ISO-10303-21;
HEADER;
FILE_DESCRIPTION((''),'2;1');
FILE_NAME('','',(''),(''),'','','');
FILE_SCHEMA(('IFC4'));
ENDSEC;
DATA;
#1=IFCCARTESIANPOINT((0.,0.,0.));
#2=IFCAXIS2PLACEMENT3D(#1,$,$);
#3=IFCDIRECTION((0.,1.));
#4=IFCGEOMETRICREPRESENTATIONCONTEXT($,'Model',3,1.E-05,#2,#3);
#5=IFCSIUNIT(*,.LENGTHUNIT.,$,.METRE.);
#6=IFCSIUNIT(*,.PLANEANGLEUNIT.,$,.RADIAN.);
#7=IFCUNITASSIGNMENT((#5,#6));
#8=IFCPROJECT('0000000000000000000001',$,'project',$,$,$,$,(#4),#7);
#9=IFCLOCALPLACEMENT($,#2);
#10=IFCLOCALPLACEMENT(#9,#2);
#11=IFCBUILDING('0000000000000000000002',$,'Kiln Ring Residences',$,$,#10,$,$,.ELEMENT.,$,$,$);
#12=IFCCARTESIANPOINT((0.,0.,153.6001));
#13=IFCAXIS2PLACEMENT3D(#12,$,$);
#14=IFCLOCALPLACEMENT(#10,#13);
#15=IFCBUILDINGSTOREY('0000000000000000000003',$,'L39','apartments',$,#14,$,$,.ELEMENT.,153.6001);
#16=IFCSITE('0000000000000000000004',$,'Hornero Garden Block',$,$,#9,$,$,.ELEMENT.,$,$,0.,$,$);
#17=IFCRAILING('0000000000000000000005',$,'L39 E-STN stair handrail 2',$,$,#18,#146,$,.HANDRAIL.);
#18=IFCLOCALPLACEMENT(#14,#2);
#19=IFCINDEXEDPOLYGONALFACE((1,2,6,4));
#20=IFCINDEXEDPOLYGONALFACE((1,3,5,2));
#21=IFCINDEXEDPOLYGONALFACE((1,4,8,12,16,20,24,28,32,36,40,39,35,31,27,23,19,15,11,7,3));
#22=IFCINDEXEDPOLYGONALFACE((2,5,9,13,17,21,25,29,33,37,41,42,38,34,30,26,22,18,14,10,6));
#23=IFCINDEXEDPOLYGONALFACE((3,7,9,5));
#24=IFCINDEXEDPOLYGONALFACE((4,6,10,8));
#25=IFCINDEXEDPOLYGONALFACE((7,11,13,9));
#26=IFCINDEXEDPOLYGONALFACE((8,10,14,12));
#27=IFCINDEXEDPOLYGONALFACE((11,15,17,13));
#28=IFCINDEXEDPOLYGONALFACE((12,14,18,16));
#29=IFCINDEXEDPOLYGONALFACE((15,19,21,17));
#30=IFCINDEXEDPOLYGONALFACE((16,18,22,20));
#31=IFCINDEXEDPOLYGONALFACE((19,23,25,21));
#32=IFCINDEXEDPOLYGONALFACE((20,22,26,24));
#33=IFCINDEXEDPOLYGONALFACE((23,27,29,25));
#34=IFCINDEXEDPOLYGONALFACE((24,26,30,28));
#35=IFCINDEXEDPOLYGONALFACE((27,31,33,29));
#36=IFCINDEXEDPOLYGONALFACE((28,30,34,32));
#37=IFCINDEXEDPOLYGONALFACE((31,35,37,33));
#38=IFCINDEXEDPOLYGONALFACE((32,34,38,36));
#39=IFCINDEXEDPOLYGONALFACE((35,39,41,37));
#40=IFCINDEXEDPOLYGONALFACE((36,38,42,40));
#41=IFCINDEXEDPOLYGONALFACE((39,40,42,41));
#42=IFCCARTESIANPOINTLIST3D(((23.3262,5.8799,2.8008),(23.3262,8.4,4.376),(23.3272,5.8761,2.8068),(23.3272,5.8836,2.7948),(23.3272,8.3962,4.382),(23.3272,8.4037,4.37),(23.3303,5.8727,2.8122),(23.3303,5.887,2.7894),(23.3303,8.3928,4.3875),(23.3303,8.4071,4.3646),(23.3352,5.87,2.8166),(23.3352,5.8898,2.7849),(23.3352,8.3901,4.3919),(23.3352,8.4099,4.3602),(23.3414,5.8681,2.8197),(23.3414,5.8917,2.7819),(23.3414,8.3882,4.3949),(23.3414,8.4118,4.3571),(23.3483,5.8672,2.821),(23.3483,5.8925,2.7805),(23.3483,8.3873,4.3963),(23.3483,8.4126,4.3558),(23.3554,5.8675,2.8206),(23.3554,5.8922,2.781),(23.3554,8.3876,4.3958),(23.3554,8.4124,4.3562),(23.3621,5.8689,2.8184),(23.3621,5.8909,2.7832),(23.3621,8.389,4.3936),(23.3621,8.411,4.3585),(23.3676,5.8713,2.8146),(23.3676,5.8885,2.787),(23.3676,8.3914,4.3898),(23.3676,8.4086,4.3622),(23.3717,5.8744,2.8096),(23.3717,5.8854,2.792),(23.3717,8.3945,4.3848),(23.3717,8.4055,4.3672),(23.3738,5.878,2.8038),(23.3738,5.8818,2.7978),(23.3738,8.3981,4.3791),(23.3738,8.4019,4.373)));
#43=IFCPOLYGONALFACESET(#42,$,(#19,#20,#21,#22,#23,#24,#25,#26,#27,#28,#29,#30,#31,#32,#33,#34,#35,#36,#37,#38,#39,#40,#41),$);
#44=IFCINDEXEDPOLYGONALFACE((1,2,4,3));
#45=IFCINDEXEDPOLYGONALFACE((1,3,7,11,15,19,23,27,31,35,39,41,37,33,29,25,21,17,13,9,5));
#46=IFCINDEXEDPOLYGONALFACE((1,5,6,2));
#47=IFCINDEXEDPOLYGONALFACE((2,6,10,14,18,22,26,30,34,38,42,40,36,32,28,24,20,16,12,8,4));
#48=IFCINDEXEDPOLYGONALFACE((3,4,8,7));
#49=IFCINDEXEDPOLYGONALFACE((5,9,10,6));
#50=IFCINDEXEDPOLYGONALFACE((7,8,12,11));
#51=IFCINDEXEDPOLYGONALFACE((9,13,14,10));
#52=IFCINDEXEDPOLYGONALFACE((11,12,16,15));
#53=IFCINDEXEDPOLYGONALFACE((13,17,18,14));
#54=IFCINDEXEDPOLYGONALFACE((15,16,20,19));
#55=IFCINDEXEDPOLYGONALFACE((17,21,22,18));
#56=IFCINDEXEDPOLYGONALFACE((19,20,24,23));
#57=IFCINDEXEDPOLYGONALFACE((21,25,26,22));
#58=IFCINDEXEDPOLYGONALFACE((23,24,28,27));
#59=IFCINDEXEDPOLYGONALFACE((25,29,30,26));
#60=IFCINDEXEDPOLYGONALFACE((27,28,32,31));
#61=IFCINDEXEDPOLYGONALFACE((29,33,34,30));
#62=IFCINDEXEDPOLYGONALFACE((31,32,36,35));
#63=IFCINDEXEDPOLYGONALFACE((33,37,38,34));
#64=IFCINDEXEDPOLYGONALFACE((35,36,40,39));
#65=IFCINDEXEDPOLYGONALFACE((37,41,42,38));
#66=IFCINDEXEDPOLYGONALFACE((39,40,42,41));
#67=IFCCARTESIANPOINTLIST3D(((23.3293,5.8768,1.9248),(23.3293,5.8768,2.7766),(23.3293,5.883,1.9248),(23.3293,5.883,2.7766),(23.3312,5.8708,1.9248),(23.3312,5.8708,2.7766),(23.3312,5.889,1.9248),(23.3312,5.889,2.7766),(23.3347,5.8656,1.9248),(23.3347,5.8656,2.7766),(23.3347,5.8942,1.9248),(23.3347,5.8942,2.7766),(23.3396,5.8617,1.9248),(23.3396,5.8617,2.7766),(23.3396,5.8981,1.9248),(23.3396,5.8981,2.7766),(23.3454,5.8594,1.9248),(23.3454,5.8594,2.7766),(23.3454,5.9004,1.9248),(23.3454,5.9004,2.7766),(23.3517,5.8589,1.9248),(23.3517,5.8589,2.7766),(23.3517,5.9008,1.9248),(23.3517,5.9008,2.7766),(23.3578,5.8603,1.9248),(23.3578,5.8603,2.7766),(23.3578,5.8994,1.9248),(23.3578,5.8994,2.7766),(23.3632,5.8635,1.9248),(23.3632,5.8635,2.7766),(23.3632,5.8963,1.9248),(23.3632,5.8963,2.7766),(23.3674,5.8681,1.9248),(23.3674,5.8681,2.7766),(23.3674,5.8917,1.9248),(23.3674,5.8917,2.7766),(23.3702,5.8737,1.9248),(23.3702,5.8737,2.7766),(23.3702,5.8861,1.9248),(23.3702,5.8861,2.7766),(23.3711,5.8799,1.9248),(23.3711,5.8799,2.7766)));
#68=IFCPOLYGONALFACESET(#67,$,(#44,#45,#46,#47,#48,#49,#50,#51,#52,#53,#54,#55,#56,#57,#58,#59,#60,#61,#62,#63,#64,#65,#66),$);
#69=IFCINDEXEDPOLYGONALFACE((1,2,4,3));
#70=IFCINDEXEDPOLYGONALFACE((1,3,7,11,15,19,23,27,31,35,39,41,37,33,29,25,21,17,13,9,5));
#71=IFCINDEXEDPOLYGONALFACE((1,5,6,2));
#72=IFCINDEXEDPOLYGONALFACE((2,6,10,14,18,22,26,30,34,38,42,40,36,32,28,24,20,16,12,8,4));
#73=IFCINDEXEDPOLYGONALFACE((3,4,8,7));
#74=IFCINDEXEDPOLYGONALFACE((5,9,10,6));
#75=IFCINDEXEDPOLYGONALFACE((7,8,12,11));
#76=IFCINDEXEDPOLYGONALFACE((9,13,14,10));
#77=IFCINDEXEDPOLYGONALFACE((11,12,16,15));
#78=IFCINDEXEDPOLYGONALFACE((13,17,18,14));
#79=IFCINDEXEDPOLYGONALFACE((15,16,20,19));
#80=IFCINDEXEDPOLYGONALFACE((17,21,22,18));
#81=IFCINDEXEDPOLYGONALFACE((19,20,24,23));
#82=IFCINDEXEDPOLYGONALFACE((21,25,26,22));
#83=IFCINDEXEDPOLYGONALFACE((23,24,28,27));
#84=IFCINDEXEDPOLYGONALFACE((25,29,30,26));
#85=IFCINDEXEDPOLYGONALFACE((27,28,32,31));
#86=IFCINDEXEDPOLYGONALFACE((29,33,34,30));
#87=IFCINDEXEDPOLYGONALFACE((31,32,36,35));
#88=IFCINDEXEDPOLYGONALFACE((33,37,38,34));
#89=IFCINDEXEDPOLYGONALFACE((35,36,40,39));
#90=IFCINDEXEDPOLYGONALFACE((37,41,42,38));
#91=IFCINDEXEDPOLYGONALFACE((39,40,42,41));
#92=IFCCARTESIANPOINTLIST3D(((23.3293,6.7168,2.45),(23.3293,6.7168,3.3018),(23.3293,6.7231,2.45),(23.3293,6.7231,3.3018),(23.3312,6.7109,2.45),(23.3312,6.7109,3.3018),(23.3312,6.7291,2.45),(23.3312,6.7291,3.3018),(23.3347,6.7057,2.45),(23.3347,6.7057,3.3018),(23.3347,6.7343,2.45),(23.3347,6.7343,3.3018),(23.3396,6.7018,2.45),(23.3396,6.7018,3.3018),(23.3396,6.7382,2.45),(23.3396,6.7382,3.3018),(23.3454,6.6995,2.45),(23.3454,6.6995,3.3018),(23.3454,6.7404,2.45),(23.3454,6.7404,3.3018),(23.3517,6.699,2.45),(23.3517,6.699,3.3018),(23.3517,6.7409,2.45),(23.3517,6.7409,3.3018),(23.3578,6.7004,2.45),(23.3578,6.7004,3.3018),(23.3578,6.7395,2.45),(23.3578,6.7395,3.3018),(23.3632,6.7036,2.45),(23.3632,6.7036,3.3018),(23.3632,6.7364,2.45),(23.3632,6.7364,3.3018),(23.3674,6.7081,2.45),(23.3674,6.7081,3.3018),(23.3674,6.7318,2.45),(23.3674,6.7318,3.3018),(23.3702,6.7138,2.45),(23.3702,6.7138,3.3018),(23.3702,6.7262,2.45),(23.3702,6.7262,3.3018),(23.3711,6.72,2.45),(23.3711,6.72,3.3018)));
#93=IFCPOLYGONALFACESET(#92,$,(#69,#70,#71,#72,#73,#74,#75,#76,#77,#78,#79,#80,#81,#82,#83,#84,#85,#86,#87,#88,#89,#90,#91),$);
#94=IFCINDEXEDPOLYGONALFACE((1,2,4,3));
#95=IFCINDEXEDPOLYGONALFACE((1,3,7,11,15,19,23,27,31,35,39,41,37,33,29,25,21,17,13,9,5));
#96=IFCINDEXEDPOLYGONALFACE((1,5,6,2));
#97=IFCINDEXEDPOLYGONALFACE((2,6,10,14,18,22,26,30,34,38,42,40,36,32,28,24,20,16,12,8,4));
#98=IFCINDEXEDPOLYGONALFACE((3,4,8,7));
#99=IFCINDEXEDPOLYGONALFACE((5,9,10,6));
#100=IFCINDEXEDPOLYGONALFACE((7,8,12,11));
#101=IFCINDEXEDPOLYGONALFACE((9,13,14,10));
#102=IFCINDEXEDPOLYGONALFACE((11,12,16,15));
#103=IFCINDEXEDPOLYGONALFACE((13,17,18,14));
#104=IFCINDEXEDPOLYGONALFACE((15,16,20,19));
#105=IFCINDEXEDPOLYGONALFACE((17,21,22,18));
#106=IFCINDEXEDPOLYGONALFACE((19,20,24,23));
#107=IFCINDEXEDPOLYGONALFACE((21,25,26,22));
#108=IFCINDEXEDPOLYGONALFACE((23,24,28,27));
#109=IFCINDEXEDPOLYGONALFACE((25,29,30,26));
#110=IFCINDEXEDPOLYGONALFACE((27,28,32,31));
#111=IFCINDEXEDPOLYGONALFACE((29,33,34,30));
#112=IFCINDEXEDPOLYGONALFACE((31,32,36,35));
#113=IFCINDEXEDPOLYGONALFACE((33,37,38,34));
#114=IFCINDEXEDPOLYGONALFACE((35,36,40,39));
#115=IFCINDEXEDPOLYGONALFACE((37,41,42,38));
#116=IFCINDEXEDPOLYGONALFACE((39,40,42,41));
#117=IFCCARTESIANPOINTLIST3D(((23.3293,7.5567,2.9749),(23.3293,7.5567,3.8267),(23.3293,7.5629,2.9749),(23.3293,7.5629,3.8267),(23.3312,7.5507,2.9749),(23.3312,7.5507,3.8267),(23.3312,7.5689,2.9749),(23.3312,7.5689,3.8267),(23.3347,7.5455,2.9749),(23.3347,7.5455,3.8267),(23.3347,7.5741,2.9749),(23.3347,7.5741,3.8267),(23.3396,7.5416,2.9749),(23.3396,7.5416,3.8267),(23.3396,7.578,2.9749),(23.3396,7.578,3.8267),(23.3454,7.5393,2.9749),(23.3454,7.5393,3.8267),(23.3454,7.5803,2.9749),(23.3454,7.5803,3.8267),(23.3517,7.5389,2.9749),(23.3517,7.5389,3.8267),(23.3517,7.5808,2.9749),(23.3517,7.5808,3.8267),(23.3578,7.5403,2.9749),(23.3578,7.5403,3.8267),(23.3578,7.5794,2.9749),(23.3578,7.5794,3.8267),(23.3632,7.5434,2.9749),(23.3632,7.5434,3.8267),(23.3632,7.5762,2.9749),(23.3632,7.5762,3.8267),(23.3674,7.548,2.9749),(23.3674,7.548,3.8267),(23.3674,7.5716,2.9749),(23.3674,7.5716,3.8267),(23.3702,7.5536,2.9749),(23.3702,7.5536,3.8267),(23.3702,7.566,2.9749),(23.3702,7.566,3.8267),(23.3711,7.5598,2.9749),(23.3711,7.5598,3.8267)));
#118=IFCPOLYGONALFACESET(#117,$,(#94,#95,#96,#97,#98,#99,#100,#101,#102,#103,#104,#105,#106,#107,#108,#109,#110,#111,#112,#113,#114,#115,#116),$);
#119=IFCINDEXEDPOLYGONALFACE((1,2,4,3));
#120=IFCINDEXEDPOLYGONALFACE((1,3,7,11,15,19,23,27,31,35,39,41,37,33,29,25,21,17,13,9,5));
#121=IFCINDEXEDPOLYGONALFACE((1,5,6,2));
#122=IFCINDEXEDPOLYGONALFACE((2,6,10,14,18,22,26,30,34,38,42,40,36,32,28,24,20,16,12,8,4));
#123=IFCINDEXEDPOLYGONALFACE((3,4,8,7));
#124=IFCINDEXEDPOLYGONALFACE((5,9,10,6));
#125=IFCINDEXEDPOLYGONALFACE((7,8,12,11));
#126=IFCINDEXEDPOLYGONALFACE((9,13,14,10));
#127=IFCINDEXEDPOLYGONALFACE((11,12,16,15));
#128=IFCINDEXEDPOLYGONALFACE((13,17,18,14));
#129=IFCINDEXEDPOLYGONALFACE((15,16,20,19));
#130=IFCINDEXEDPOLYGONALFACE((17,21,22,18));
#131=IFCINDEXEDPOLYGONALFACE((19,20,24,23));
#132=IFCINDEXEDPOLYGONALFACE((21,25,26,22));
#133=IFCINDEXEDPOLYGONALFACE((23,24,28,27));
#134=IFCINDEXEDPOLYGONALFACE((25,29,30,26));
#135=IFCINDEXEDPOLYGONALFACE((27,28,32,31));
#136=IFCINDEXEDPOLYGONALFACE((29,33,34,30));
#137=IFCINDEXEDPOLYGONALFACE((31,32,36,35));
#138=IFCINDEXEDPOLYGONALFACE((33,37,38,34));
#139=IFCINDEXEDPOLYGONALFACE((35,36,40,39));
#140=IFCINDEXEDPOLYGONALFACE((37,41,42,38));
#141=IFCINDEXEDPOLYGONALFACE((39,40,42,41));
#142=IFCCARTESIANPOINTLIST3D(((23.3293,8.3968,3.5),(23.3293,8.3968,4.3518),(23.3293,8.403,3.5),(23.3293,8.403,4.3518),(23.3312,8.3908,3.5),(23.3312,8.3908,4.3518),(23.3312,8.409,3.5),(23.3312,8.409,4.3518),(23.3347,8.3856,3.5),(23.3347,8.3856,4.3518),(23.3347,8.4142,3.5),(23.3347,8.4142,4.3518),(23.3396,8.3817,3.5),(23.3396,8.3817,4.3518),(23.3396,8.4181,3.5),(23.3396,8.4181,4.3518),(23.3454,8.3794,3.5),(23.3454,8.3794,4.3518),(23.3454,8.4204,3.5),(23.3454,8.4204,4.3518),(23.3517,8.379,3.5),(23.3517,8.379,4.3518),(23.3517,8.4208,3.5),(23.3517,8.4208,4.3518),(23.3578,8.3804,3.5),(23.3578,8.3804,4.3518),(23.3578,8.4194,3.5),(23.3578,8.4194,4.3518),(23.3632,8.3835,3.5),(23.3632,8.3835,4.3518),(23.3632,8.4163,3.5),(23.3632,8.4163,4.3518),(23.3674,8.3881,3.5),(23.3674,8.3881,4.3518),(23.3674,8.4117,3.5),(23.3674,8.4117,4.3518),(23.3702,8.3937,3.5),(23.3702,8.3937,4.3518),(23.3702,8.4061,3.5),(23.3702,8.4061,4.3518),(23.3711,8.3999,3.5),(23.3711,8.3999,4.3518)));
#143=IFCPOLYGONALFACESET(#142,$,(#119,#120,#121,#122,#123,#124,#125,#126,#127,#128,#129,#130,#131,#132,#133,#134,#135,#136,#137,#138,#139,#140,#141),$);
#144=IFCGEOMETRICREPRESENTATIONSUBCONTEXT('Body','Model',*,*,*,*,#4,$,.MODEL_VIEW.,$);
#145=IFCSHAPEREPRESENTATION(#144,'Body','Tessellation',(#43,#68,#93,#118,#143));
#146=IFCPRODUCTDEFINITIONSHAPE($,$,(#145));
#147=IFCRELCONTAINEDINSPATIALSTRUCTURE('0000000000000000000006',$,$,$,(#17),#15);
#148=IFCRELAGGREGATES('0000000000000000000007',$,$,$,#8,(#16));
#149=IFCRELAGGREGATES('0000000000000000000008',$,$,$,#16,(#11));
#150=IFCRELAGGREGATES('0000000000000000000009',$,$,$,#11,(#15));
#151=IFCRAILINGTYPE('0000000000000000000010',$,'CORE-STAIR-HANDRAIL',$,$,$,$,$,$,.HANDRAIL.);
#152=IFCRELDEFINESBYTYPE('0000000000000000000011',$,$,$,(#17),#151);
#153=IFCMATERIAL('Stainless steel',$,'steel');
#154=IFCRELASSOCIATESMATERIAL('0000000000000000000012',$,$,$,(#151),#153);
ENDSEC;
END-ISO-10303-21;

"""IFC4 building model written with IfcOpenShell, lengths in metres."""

from ifc_helpers import new_model, si_unit, direction, frame, origin, origin_2d, place, context, subcontext, project, spatial, circle, extrude, material, type_object, element, save


model = new_model("IFC4")

# Units and contexts
model_context = context("Model", 3, precision=1e-05, world=origin(), true_north=direction((0.0, 1.0)))
body_context = subcontext(model_context, "Body", "Model", "MODEL_VIEW")
ifc_project = project(units=[si_unit("LENGTHUNIT", "METRE"), si_unit("PLANEANGLEUNIT", "RADIAN")], contexts=[model_context])

# Site, building, storey
site_placement = place(None, origin())
site = spatial("IfcSite", under=ifc_project, at=site_placement, Name="Hornero Garden Block", CompositionType="ELEMENT", RefElevation=0.0)
building_placement = place(site_placement, origin())
building = spatial("IfcBuilding", under=site, at=building_placement, Name="Kiln Ring Residences", CompositionType="ELEMENT")
storey_placement = place(building_placement, frame((0.0, 0.0, 153.6001)))
storey = spatial("IfcBuildingStorey", under=building, at=storey_placement, Name="L39", Description="apartments", CompositionType="ELEMENT", Elevation=153.6001)

# Railing
ifc_material_1 = material(Name="Stainless steel", Category="steel")
railing_type_1 = type_object("IfcRailingType", Name="CORE-STAIR-HANDRAIL", PredefinedType="HANDRAIL", material=ifc_material_1)
railing_1_placement = place(storey_placement, frame((23.3501, 5.8799, 1.9248)))
element("IfcRailing", 1, at=railing_1_placement, inside=storey, type_object=railing_type_1, Name="L39 E-STN stair handrail 2", PredefinedType="HANDRAIL", context=body_context, shape_type="SweptSolid", body=[
    extrude(circle(Radius=0.0239, at=origin_2d()), frame((0.0, 0.0, 0.876), z_axis=(0.0, 0.847971, 0.530043), x_axis=(-1.0, 0.0, 0.0)), (0.0, 0.0, 1.0), 2.9719),
    extrude(circle(Radius=0.021, at=origin_2d()), origin(), (0.0, 0.0, 1.0), 0.8518),
    extrude(circle(Radius=0.021, at=origin_2d()), frame((0.0, 0.8401, 0.5251)), (0.0, 0.0, 1.0), 0.8518),
    extrude(circle(Radius=0.021, at=origin_2d()), frame((0.0, 1.6799, 1.05)), (0.0, 0.0, 1.0), 0.8518),
    extrude(circle(Radius=0.021, at=origin_2d()), frame((0.0, 2.52, 1.5752)), (0.0, 0.0, 1.0), 0.8518),
])

save(model, "model.ifc")
